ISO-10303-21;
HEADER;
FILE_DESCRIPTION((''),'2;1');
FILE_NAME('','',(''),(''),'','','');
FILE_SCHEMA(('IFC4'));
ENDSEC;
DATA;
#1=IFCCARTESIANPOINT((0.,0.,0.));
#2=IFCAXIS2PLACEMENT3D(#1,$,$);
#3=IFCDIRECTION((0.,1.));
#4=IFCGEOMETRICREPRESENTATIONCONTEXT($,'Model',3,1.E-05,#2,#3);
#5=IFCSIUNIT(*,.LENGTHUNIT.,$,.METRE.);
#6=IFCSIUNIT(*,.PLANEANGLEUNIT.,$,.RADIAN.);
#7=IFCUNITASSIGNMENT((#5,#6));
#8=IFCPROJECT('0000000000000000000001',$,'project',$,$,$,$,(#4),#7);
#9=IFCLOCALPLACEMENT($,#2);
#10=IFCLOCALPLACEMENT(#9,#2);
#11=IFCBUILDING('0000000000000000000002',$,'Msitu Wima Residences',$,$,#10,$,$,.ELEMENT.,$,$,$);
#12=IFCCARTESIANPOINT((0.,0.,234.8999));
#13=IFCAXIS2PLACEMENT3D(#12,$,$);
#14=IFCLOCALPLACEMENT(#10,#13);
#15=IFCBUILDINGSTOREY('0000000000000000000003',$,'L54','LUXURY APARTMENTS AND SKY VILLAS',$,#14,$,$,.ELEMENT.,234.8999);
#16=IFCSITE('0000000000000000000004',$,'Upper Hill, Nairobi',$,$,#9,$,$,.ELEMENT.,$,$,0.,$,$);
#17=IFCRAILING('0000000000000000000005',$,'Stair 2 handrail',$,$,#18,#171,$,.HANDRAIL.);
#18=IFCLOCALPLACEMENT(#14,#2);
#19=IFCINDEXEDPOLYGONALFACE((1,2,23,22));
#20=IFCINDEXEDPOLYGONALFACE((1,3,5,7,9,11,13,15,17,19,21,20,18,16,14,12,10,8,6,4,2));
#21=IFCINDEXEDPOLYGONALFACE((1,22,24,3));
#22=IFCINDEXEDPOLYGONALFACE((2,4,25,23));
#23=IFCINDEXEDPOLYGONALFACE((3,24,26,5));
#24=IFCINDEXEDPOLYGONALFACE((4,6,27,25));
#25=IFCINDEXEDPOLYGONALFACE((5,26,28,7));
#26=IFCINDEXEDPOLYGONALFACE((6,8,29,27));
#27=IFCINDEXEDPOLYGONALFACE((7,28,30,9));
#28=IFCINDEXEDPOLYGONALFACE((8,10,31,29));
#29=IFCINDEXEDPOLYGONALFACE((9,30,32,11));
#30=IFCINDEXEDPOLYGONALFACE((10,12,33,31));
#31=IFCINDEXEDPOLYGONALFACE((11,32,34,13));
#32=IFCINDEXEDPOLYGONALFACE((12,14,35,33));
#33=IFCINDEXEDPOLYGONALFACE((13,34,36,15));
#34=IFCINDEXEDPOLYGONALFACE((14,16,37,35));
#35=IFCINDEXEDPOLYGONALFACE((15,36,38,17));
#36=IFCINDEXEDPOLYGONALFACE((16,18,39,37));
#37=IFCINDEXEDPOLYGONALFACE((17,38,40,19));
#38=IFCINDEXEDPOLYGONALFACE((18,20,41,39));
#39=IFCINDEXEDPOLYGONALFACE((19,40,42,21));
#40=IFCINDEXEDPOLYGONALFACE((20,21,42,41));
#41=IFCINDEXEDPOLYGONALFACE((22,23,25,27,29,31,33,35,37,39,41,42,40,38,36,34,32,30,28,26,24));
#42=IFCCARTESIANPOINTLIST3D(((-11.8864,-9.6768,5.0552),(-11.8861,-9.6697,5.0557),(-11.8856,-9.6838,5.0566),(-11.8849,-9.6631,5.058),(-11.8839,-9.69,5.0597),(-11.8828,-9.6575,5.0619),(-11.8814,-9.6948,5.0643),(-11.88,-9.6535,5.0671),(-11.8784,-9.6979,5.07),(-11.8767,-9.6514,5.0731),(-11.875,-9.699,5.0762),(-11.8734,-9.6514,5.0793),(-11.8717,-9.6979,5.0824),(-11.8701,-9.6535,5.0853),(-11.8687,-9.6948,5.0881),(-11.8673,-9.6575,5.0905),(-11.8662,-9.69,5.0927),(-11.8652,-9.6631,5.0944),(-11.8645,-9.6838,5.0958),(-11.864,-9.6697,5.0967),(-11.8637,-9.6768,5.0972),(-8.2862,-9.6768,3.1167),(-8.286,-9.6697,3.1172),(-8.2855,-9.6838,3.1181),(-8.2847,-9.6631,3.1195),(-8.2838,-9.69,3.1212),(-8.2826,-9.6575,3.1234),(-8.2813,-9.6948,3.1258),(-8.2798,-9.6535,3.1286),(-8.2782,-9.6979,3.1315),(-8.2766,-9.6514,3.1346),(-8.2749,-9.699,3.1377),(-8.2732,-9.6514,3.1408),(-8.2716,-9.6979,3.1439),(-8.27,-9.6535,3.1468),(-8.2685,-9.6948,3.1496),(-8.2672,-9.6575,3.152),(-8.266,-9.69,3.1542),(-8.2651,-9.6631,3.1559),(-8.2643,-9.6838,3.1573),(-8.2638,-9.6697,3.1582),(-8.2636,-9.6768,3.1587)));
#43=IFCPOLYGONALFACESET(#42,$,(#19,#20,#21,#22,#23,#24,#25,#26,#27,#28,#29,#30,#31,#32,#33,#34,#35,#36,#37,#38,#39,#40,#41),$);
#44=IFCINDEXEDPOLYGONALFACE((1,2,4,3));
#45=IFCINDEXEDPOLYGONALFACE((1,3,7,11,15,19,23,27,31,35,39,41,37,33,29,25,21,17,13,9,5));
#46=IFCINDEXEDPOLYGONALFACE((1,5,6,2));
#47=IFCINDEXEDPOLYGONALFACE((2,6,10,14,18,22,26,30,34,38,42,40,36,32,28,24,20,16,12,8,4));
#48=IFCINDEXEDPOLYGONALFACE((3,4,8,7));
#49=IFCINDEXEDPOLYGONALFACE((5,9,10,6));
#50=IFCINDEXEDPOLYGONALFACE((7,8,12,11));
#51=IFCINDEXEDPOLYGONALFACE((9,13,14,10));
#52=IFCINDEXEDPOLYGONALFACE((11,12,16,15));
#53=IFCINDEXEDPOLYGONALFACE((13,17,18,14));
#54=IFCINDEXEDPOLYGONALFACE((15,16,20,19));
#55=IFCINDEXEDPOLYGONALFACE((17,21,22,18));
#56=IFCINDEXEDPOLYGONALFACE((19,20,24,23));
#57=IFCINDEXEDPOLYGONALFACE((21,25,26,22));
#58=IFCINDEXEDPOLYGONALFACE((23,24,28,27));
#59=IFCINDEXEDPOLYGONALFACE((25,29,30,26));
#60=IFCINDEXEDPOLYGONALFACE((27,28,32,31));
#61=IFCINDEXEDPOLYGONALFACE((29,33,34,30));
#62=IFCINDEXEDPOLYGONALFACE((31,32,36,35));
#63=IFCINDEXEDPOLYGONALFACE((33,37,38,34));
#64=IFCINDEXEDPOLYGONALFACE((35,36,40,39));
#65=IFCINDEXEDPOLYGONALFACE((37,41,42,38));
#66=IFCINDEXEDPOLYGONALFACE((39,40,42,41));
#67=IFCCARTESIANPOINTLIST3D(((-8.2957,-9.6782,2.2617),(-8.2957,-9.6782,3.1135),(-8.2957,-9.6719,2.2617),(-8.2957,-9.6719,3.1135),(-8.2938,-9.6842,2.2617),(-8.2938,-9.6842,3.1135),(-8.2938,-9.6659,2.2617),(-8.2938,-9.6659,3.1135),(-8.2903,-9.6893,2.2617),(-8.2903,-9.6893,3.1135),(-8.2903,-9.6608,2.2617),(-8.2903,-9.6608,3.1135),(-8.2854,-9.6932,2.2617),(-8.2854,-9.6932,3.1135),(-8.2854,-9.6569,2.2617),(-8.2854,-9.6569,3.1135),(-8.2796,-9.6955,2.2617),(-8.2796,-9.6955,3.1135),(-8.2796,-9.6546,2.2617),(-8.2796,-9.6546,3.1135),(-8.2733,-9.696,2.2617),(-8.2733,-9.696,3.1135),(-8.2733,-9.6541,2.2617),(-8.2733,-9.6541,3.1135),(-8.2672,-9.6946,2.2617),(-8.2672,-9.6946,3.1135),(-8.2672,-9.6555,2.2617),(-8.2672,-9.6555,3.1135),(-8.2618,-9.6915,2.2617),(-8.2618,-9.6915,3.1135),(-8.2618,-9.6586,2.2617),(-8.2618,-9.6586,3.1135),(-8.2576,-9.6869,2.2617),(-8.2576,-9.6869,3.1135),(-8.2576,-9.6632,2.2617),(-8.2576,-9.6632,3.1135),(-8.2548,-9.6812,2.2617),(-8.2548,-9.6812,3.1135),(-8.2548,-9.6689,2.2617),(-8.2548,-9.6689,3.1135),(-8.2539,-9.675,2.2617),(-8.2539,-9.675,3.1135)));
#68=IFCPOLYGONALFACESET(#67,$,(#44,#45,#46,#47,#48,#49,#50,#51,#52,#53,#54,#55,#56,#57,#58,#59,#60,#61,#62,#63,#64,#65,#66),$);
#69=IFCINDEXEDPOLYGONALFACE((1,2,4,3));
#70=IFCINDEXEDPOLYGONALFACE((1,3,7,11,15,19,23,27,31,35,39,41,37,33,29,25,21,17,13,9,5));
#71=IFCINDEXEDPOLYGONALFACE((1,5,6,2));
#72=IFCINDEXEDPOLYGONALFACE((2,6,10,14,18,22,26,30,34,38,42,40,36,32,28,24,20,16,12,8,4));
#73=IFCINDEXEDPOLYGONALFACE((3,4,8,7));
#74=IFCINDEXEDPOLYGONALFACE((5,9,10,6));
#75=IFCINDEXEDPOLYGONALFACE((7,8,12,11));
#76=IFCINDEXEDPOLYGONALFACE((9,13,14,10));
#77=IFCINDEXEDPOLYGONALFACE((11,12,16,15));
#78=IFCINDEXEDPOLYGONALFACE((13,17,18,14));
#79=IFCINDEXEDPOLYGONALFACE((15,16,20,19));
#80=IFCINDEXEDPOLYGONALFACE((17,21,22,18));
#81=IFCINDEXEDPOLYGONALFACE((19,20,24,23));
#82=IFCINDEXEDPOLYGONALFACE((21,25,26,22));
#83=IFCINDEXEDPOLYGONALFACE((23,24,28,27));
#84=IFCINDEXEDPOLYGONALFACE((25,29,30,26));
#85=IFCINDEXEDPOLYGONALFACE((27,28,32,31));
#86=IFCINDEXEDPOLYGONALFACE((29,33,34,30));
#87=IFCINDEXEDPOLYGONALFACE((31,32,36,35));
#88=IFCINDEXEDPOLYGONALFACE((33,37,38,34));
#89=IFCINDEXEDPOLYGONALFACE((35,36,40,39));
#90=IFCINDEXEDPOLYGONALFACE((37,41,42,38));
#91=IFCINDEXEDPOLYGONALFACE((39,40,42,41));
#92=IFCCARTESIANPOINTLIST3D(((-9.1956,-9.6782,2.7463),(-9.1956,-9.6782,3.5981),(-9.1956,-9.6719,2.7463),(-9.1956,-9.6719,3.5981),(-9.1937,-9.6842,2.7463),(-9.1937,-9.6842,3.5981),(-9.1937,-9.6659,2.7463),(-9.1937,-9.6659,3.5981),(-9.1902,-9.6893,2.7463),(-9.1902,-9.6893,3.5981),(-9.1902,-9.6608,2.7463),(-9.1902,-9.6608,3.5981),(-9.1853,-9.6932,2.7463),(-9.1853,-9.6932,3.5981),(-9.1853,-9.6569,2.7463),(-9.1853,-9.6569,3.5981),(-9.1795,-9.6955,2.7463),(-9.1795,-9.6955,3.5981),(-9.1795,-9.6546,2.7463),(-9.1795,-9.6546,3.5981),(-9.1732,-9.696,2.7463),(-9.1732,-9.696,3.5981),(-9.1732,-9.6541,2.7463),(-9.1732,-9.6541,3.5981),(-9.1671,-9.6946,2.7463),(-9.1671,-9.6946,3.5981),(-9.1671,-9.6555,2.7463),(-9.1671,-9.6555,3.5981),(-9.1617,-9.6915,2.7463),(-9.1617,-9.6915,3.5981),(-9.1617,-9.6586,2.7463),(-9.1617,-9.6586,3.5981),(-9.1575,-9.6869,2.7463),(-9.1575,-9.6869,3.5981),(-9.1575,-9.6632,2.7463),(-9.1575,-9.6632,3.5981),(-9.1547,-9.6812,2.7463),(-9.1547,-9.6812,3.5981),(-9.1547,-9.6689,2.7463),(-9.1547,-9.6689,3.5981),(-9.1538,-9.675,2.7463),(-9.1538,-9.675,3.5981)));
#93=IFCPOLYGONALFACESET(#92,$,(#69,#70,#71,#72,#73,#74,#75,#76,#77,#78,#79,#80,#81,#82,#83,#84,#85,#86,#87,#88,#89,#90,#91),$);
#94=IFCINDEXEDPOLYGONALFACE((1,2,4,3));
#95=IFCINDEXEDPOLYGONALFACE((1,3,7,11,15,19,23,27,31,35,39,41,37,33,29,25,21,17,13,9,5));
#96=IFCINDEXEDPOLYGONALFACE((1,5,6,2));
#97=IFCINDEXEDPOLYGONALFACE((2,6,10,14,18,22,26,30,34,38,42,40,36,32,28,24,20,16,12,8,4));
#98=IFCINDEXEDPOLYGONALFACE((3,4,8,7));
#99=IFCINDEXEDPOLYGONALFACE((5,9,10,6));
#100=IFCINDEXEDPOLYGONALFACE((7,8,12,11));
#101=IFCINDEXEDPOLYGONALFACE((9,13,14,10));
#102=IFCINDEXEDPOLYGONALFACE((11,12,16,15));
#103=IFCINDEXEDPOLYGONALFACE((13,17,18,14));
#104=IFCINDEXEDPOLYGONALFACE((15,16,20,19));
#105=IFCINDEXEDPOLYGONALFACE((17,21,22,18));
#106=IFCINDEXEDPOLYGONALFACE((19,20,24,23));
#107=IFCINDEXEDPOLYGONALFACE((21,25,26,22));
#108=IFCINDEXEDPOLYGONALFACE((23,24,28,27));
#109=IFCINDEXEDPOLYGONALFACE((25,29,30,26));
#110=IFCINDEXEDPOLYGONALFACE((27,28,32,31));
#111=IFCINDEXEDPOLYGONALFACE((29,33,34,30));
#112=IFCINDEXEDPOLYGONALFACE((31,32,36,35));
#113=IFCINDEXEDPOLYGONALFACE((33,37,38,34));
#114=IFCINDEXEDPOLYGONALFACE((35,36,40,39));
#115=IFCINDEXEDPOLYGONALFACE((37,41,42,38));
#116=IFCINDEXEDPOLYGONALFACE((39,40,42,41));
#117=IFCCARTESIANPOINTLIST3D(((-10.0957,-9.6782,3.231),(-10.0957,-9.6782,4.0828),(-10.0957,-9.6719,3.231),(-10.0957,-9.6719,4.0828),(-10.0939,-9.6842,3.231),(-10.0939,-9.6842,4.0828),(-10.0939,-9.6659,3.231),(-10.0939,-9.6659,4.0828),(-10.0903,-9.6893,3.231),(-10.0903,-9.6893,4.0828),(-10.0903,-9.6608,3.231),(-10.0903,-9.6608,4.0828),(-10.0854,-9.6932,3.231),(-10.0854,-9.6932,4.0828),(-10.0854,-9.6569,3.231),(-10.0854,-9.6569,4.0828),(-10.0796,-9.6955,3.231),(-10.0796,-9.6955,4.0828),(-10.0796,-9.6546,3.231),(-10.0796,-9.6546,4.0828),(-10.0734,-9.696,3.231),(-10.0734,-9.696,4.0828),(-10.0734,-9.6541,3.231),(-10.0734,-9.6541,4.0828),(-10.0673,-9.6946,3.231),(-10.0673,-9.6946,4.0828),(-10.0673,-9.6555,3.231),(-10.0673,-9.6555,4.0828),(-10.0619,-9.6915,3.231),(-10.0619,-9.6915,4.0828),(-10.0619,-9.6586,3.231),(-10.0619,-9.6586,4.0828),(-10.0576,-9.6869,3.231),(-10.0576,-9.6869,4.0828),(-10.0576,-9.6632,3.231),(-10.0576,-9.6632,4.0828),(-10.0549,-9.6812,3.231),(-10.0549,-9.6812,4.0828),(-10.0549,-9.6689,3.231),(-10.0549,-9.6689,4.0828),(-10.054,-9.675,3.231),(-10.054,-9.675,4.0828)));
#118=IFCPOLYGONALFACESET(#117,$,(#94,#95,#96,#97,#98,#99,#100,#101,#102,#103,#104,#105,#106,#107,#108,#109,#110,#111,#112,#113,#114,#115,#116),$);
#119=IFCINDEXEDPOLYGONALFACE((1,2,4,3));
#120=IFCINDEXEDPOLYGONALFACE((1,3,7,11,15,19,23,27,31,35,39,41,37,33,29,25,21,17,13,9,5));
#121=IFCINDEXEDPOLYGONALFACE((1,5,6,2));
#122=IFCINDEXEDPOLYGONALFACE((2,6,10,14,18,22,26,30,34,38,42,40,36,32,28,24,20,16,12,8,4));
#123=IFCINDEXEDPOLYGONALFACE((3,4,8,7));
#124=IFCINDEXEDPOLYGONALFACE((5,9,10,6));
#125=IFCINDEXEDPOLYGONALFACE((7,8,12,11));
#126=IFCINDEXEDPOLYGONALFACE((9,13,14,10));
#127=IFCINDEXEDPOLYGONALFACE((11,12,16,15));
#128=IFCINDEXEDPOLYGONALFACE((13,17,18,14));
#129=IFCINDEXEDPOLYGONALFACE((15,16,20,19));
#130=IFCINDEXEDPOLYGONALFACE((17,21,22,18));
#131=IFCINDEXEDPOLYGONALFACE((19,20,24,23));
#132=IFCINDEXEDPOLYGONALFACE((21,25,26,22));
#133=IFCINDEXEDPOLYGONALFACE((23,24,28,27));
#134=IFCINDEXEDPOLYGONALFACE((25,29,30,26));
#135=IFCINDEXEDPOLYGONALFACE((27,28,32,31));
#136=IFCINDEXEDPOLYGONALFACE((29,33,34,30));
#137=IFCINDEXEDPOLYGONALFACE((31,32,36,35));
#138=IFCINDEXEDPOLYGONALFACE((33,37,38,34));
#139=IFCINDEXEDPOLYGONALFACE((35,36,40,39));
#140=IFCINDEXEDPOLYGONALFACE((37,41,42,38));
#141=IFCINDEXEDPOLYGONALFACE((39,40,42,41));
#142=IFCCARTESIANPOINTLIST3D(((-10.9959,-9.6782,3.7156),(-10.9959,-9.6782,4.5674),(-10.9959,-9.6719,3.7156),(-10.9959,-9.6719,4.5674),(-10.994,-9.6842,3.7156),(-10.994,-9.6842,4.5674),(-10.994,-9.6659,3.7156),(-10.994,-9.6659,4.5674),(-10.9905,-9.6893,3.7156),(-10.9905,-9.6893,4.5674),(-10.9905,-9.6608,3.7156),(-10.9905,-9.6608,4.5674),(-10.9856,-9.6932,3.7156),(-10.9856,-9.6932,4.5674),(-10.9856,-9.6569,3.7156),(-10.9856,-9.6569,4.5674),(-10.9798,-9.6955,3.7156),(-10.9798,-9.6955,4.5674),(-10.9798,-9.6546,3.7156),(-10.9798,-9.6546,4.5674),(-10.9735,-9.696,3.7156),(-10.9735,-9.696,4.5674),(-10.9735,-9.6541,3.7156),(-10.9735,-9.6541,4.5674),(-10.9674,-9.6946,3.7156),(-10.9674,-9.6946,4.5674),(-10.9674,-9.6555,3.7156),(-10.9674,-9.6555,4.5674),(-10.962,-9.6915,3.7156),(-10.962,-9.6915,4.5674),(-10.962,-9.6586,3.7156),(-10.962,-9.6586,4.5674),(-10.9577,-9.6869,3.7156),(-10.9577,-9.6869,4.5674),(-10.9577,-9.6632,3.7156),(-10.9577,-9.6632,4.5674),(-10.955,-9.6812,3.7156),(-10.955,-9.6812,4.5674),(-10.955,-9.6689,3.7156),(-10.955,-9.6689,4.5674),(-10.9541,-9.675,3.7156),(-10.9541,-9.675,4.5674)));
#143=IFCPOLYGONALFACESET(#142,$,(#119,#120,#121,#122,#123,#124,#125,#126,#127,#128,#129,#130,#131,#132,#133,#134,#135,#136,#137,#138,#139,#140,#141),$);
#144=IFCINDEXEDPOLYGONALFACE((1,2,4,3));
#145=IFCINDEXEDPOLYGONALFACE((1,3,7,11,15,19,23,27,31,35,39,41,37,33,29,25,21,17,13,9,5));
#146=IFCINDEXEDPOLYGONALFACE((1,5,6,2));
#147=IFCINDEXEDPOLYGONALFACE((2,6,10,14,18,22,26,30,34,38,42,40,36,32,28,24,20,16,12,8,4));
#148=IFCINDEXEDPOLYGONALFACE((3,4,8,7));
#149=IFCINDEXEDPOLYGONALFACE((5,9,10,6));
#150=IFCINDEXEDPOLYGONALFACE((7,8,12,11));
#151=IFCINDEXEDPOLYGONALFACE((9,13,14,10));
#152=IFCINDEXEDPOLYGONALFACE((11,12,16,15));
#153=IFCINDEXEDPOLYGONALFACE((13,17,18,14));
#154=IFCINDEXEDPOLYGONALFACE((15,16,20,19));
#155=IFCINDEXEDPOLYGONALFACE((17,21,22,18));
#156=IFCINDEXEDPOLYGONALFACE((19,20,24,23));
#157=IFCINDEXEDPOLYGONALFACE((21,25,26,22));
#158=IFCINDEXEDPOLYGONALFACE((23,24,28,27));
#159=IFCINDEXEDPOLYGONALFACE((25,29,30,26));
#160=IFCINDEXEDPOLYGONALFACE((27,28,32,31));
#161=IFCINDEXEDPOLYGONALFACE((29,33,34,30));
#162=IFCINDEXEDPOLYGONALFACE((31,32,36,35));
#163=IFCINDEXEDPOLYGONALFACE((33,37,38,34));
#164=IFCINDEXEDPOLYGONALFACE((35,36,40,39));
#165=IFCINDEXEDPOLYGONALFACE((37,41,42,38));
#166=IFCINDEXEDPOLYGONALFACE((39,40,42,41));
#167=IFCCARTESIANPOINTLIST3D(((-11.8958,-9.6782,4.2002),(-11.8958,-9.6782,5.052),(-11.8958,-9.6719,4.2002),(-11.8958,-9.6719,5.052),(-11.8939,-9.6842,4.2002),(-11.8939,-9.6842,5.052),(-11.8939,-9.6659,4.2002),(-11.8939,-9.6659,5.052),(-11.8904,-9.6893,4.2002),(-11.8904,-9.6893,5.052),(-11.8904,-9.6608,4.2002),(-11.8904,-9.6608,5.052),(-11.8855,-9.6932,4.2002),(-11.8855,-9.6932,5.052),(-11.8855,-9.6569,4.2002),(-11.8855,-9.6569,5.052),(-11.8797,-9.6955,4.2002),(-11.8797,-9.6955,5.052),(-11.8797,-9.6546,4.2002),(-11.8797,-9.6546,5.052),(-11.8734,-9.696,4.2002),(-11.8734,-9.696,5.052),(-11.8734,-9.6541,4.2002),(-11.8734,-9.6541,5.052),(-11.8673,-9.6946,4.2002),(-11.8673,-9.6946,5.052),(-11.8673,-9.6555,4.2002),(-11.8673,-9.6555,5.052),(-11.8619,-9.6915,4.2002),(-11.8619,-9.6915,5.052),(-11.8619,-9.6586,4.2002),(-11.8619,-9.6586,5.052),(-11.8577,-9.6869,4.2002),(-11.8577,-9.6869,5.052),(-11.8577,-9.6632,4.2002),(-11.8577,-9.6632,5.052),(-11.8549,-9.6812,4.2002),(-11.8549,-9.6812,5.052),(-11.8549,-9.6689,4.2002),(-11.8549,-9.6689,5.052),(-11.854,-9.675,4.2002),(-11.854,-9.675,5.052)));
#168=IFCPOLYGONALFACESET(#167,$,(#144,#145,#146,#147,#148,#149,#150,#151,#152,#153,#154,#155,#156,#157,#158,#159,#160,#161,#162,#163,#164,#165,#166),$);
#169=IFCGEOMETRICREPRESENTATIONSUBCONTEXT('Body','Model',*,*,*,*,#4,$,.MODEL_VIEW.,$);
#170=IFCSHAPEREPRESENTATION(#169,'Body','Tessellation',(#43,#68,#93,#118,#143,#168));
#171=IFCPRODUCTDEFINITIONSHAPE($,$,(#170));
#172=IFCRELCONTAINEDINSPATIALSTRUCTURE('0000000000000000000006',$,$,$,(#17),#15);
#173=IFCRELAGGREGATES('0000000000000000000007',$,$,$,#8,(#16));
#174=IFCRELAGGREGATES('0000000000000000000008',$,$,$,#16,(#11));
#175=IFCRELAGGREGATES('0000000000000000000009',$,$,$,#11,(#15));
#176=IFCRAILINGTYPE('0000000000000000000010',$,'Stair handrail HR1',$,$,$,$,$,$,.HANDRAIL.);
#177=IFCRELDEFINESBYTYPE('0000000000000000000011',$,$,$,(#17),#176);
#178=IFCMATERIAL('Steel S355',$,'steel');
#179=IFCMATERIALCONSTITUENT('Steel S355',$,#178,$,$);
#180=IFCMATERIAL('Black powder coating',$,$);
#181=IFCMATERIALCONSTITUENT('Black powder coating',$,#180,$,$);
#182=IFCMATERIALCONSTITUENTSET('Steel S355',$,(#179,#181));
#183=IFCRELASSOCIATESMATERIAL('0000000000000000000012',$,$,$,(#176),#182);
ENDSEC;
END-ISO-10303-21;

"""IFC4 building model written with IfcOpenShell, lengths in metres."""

from ifc_helpers import new_model, si_unit, direction, frame, origin, origin_2d, place, context, subcontext, project, spatial, circle, extrude, material, constituent, constituent_set, type_object, element, save


model = new_model("IFC4")

# Units and contexts
model_context = context("Model", 3, precision=1e-05, world=origin(), true_north=direction((0.0, 1.0)))
body_context = subcontext(model_context, "Body", "Model", "MODEL_VIEW")
ifc_project = project(units=[si_unit("LENGTHUNIT", "METRE"), si_unit("PLANEANGLEUNIT", "RADIAN")], contexts=[model_context])

# Site, building, storey
site_placement = place(None, origin())
site = spatial("IfcSite", under=ifc_project, at=site_placement, Name="Upper Hill, Nairobi", CompositionType="ELEMENT", RefElevation=0.0)
building_placement = place(site_placement, origin())
building = spatial("IfcBuilding", under=site, at=building_placement, Name="Msitu Wima Residences", CompositionType="ELEMENT")
storey_placement = place(building_placement, frame((0.0, 0.0, 234.8999)))
storey = spatial("IfcBuildingStorey", under=building, at=storey_placement, Name="L54", Description="LUXURY APARTMENTS AND SKY VILLAS", CompositionType="ELEMENT", Elevation=234.8999)

# Railing
ifc_material_1 = material(Name="Steel S355", Category="steel")
ifc_constituent_1 = constituent(ifc_material_1, Name="Steel S355")
ifc_material_2 = material(Name="Black powder coating")
ifc_constituent_2 = constituent(ifc_material_2, Name="Black powder coating")
ifc_constituent_set = constituent_set(constituents=[ifc_constituent_1, ifc_constituent_2], Name="Steel S355")
railing_type = type_object("IfcRailingType", Name="Stair handrail HR1", PredefinedType="HANDRAIL", material=ifc_constituent_set)
for number, where, name in (
    (1, (-8.2749, -9.675, 2.2617), "Stair 2 handrail"),
):
    element("IfcRailing", number, at=place(storey_placement, frame(where)), inside=storey, type_object=railing_type, Name=name, PredefinedType="HANDRAIL", context=body_context, shape_type="SweptSolid", body=[
        extrude(circle(Radius=0.0239, at=origin_2d()), frame((0.0, 0.0, 0.876), z_axis=(-0.880475, 0.0, 0.474093), x_axis=(0.0, -1.0, 0.0)), (0.0, 0.0, 1.0), 4.0889),
        extrude(circle(Radius=0.021, at=origin_2d()), origin(), (0.0, 0.0, 1.0), 0.8518),
        extrude(circle(Radius=0.021, at=origin_2d()), frame((-0.8999, 0.0, 0.4846)), (0.0, 0.0, 1.0), 0.8518),
        extrude(circle(Radius=0.021, at=origin_2d()), frame((-1.8, 0.0, 0.9692)), (0.0, 0.0, 1.0), 0.8518),
        extrude(circle(Radius=0.021, at=origin_2d()), frame((-2.7002, 0.0, 1.4539)), (0.0, 0.0, 1.0), 0.8518),
        extrude(circle(Radius=0.021, at=origin_2d()), frame((-3.6001, 0.0, 1.9385)), (0.0, 0.0, 1.0), 0.8518),
    ])

save(model, "model.ifc")
